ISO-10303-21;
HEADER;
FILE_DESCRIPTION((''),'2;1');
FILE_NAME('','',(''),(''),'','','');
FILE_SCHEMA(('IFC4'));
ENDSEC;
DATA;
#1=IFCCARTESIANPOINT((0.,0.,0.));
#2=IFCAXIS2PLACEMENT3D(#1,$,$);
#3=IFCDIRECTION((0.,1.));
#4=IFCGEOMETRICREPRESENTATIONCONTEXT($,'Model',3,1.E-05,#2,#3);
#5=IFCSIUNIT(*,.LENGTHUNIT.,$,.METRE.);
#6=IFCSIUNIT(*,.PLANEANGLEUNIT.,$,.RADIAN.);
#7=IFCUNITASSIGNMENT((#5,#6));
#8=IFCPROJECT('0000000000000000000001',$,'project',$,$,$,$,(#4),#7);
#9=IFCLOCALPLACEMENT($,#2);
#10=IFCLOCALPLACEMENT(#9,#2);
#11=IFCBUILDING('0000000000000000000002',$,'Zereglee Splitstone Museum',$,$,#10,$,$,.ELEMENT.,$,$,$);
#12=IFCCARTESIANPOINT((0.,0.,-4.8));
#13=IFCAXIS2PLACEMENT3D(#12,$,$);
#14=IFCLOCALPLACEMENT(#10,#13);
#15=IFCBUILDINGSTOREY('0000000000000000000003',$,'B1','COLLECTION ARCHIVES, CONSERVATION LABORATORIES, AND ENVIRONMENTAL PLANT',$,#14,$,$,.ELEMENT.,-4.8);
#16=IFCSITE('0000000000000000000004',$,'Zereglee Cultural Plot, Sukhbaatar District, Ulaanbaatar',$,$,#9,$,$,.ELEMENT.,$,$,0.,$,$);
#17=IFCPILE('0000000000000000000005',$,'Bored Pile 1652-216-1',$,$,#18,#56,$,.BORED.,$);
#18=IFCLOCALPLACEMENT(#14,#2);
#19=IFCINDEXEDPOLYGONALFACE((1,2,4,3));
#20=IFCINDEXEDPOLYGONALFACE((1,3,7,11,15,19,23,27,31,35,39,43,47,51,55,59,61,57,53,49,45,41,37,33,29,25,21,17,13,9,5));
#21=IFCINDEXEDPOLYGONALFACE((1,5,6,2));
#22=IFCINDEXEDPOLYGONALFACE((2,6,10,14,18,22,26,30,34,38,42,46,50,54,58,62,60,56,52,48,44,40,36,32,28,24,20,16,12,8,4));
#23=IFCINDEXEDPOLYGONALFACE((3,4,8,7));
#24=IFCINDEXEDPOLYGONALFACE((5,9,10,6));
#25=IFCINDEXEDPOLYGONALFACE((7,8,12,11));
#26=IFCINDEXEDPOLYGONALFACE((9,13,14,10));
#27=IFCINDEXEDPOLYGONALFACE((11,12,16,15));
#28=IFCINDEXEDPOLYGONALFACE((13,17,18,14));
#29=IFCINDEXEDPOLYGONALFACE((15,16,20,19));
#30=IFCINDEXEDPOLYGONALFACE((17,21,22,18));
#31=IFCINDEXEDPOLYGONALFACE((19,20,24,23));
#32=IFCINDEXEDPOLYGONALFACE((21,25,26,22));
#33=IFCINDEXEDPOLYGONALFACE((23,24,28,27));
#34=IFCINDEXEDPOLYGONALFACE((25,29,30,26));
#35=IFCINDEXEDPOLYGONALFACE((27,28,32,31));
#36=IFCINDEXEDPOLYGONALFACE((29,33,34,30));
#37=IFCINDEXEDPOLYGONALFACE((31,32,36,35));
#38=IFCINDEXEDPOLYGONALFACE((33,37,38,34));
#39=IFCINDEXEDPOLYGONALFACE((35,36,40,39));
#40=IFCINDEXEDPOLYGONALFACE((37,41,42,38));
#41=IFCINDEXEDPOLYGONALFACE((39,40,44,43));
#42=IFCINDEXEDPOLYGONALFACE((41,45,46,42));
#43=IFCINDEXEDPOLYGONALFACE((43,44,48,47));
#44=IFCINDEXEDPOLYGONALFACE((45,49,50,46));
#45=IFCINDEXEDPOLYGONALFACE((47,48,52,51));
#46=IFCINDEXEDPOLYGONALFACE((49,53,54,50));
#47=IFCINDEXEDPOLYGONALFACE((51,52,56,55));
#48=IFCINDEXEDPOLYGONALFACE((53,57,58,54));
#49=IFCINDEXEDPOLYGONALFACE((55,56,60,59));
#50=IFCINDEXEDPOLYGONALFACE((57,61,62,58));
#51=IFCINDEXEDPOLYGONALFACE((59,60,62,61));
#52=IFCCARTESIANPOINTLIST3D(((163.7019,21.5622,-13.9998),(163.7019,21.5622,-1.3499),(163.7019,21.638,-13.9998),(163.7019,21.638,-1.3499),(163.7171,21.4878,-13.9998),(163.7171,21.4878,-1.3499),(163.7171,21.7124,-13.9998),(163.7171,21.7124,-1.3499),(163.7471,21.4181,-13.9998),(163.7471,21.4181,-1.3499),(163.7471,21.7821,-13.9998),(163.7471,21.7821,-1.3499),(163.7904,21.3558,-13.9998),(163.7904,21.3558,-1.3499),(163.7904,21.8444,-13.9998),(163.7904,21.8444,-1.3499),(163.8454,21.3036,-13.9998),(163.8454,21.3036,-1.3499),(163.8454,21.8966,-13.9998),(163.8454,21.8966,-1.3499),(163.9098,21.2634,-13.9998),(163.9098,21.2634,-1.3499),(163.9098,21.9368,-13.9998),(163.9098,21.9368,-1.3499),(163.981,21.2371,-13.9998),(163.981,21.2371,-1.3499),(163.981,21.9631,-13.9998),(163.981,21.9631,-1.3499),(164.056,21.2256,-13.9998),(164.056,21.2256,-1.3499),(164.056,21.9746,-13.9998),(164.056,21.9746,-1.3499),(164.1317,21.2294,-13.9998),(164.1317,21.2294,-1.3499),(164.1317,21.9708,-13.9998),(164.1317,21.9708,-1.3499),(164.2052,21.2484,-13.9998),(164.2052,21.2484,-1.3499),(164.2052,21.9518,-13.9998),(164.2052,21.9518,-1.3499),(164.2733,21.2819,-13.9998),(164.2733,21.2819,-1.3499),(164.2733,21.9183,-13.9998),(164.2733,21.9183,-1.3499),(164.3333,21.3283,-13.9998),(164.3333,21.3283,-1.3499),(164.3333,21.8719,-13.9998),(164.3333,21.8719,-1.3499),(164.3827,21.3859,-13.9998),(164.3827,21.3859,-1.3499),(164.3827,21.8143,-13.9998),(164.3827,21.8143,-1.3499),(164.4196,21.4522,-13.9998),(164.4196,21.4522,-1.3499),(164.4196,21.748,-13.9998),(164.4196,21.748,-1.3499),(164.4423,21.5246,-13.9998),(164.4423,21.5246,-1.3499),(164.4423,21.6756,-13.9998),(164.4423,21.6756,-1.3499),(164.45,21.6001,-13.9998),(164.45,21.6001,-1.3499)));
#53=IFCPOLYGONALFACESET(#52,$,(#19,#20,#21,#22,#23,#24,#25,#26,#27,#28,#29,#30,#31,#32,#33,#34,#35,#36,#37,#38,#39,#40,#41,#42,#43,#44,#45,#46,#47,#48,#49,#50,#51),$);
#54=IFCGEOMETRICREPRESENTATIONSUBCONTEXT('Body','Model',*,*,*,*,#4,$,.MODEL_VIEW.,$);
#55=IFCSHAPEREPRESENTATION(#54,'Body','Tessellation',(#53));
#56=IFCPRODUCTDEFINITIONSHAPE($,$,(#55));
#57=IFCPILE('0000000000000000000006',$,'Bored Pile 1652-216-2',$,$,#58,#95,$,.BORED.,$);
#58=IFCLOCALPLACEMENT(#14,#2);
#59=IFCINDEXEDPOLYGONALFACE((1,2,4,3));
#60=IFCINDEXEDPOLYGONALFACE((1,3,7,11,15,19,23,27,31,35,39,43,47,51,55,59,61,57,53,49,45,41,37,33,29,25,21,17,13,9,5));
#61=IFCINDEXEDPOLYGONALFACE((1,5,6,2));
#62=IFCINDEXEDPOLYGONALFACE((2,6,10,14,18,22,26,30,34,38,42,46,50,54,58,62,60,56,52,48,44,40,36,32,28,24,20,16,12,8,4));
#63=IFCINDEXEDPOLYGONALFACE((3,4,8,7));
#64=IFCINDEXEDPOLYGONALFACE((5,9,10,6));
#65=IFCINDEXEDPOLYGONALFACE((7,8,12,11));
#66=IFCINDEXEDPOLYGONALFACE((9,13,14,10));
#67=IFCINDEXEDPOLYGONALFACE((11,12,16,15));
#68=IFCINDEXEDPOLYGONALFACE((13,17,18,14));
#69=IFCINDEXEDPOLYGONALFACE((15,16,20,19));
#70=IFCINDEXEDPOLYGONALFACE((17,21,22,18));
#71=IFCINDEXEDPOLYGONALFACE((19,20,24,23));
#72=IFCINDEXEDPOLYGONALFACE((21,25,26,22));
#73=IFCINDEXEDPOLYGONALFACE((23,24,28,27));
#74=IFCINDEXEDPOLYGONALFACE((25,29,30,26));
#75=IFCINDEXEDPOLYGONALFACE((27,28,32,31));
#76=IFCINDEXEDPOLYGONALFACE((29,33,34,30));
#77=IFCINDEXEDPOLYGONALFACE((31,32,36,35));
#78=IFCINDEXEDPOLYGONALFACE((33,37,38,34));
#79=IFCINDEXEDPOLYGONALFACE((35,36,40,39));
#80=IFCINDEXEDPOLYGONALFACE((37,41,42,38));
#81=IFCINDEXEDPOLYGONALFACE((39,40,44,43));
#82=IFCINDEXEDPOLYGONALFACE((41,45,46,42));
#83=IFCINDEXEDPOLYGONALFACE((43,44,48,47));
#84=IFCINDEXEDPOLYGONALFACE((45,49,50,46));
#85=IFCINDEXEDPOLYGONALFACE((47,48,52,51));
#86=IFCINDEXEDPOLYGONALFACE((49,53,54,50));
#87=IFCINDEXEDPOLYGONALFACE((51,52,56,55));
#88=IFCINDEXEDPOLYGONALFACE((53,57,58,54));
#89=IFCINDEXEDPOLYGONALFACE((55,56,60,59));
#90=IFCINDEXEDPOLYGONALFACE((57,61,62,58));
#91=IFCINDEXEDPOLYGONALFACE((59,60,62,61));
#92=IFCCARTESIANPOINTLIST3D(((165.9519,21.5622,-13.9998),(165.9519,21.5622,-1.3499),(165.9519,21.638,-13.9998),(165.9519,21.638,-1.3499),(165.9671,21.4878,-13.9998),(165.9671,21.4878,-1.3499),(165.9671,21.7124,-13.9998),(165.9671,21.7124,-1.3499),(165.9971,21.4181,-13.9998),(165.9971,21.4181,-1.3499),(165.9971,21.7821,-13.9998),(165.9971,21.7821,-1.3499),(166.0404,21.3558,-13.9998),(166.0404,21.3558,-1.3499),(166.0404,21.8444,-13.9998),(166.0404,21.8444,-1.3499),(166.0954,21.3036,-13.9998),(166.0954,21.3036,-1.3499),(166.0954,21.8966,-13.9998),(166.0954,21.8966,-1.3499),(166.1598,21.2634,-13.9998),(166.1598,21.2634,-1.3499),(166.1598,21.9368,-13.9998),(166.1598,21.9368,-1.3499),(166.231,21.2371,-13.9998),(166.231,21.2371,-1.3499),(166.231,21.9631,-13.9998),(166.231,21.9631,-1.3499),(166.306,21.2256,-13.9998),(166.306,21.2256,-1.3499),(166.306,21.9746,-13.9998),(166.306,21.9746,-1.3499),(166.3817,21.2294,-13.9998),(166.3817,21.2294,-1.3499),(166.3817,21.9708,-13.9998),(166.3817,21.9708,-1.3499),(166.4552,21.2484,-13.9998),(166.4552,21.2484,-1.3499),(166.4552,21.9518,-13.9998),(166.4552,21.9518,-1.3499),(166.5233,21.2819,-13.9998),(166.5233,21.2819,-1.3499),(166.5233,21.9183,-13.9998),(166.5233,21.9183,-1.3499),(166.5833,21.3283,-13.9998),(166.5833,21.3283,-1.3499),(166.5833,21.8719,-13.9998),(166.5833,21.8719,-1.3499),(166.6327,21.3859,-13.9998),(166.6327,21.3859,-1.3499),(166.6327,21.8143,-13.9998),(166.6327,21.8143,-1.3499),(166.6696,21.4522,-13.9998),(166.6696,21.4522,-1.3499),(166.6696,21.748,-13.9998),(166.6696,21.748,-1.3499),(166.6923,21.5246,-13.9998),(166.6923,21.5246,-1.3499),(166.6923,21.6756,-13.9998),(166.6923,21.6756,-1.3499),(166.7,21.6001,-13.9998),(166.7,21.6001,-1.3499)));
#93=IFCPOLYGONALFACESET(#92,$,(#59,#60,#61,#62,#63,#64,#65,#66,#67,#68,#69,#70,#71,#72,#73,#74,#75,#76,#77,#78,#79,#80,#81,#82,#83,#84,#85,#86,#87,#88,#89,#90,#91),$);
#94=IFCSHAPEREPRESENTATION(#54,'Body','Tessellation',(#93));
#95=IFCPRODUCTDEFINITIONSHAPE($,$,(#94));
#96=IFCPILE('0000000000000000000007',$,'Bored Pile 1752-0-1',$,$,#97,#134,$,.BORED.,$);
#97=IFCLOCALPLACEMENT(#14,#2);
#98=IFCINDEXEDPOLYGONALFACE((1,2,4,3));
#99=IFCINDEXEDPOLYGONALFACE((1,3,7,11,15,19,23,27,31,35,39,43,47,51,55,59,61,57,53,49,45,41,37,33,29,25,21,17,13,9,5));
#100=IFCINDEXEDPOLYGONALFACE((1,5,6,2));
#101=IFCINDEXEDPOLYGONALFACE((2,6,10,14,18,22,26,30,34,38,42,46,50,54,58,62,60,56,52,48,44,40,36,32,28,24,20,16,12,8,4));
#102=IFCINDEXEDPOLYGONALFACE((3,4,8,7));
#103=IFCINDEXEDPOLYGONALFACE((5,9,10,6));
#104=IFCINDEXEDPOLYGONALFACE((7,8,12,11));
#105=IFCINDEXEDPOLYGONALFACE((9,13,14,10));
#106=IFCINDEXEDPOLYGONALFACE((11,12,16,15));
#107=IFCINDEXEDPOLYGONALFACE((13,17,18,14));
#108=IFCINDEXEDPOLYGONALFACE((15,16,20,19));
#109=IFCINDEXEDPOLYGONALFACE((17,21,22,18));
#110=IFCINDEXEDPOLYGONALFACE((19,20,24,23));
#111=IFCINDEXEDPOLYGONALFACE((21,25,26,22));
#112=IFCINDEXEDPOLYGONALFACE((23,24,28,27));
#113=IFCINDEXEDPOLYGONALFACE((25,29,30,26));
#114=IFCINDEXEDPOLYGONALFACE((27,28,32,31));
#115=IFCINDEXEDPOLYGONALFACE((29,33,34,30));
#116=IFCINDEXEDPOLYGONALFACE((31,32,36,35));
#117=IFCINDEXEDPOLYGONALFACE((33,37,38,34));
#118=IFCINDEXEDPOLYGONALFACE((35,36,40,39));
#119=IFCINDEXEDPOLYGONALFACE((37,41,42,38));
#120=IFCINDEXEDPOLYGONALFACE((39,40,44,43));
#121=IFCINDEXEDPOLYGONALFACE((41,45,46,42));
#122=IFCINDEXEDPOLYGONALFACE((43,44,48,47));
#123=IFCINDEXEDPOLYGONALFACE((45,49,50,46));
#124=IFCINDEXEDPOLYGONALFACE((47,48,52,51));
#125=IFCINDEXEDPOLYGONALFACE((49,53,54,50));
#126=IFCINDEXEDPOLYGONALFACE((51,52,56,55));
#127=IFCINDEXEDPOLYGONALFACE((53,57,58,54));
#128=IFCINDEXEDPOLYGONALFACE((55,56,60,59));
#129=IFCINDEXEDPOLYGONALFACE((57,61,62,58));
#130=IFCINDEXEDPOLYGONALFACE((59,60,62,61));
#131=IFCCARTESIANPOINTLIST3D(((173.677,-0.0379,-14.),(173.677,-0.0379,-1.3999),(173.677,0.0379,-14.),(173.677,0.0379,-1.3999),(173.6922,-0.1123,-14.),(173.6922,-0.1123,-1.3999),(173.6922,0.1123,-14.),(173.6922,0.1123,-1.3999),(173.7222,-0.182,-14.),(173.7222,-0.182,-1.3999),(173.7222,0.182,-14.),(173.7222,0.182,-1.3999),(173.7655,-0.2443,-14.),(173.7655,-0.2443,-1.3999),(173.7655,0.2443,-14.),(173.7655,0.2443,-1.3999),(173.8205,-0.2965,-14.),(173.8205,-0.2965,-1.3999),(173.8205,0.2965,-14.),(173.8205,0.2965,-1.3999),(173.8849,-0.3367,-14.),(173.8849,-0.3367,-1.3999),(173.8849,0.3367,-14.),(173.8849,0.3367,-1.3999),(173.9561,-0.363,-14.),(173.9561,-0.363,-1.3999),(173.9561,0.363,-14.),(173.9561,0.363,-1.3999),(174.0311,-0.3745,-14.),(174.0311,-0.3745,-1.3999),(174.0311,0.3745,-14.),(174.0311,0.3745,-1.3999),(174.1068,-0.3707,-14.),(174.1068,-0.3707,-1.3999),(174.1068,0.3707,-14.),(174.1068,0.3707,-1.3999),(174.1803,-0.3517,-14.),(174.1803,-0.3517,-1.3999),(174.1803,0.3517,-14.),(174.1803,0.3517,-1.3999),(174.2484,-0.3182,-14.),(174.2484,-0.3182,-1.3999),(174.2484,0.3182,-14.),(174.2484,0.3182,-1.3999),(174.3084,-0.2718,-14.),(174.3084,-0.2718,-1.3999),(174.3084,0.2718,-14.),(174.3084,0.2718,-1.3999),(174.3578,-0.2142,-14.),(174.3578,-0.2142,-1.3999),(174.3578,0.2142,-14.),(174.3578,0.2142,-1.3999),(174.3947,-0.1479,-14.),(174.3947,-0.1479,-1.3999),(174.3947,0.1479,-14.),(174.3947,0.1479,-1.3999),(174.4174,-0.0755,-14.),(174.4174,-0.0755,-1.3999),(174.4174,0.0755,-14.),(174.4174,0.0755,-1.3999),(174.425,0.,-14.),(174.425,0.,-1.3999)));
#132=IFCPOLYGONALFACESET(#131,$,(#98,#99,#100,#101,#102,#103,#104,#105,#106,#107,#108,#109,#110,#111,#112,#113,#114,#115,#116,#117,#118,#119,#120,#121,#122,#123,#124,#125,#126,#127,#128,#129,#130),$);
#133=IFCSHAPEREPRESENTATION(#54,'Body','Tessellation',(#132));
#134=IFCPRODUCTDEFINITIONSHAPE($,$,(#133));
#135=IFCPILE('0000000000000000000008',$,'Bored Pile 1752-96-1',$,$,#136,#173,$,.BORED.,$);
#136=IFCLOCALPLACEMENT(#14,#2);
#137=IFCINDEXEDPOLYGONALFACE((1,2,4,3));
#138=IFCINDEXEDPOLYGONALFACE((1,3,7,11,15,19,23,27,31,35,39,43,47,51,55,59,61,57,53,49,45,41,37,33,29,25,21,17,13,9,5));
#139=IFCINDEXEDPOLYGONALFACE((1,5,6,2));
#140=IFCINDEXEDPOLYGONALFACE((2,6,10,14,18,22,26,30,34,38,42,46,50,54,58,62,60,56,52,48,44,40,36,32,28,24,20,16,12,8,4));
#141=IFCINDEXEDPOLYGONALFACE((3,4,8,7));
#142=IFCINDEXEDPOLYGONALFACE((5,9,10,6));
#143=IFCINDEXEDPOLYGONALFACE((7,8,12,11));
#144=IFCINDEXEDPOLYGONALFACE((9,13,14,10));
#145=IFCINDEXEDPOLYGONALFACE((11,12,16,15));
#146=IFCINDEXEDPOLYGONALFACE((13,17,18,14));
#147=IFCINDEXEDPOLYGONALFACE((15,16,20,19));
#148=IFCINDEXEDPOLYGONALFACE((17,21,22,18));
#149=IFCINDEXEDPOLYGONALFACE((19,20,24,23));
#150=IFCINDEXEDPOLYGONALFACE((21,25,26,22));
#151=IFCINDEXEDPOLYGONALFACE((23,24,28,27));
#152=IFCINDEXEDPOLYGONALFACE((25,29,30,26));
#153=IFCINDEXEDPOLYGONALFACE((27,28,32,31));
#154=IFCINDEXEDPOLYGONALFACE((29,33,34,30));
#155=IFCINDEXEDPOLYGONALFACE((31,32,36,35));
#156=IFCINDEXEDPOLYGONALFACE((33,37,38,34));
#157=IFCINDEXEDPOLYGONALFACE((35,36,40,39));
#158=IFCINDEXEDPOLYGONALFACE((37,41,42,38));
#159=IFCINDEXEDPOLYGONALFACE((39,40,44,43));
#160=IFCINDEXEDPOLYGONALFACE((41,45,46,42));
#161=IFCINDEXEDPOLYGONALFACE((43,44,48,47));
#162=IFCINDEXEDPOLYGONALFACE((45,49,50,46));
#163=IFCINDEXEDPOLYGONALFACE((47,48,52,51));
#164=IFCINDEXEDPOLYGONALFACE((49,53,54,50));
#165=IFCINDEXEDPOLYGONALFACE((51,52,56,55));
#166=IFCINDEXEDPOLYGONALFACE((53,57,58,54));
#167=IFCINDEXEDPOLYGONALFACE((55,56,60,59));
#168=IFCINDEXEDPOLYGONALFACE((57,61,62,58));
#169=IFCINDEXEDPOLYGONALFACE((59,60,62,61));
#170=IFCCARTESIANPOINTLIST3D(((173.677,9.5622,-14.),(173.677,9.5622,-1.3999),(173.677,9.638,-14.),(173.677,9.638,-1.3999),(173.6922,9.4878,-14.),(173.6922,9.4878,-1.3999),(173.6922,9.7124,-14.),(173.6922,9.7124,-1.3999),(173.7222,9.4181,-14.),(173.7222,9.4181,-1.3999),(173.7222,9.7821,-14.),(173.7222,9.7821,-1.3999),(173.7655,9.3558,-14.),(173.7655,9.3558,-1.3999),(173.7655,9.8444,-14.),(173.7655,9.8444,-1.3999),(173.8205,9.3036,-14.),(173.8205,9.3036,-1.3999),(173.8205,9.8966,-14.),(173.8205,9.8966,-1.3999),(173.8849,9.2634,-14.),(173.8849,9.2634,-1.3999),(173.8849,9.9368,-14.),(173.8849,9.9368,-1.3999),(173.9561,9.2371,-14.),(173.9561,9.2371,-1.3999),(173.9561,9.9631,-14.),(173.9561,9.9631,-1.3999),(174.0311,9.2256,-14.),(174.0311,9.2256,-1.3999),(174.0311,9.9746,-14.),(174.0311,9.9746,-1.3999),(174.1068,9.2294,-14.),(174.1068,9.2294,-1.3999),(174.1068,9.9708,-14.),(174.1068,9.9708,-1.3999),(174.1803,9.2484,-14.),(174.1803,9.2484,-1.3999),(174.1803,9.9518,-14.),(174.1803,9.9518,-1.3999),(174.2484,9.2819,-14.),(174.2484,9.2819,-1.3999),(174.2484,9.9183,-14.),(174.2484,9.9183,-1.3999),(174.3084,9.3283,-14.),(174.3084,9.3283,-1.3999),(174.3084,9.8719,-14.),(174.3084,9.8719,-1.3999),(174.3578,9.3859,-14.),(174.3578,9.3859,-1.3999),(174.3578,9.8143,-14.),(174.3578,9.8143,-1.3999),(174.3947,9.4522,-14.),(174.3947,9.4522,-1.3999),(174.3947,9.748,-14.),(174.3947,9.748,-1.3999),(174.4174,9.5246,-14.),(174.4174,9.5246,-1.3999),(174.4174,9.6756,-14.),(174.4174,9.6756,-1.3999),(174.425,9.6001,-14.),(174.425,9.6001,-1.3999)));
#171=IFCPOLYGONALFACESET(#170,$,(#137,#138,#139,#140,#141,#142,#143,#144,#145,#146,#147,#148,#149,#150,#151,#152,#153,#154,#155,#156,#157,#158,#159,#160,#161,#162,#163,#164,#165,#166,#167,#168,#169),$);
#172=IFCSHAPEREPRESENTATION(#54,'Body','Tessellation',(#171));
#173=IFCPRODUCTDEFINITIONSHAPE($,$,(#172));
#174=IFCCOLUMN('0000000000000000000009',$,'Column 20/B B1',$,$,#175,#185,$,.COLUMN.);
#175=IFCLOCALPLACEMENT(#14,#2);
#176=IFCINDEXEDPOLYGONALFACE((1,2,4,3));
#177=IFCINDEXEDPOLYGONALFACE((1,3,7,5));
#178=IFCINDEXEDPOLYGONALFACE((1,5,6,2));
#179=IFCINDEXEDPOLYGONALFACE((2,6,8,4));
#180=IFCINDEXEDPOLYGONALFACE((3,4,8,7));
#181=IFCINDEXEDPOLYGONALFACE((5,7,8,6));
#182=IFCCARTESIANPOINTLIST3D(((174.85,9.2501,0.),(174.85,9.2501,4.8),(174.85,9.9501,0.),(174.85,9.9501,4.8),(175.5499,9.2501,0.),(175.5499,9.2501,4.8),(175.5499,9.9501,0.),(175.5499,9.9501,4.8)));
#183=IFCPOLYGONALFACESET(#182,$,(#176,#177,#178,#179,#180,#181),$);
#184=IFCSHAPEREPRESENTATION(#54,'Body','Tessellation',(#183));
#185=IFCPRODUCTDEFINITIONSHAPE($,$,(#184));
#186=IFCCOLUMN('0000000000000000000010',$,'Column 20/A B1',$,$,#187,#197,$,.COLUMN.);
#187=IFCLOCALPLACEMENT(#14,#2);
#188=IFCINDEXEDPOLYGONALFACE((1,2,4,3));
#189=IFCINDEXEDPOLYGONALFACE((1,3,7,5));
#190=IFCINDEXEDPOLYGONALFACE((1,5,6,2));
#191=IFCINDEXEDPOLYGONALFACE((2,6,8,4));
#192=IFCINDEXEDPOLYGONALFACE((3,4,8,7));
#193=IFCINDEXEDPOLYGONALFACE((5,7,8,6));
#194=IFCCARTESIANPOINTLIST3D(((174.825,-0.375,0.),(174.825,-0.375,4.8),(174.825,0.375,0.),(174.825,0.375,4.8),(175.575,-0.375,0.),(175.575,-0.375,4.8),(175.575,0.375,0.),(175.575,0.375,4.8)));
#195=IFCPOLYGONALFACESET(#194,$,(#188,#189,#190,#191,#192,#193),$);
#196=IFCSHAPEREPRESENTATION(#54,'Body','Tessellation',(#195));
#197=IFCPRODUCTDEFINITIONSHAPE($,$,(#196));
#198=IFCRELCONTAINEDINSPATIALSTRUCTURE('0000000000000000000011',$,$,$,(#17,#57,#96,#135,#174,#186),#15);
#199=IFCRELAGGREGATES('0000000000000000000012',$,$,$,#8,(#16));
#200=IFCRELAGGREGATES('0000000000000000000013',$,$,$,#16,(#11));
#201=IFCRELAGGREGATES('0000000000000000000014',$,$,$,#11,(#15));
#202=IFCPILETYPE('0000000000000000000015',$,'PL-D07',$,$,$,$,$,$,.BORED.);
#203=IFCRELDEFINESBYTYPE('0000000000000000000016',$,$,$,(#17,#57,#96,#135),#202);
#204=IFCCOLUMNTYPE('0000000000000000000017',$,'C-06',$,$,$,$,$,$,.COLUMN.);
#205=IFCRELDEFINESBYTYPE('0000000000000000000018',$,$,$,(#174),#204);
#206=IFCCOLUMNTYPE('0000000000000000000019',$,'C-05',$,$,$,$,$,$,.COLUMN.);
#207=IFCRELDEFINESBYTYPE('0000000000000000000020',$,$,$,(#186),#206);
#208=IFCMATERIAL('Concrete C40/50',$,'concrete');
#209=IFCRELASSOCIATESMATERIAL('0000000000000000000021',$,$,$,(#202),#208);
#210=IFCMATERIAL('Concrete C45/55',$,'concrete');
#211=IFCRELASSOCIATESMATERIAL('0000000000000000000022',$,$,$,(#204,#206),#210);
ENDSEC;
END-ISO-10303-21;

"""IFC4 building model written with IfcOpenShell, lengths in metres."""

from ifc_helpers import new_model, si_unit, direction, frame, origin, origin_2d, place, context, subcontext, project, spatial, rectangle, circle, extrude, material, material_profile, profile_set, type_object, element, save


model = new_model("IFC4")

# Units and contexts
model_context = context("Model", 3, precision=1e-05, world=origin(), true_north=direction((0.0, 1.0)))
body_context = subcontext(model_context, "Body", "Model", "MODEL_VIEW")
ifc_project = project(units=[si_unit("LENGTHUNIT", "METRE"), si_unit("PLANEANGLEUNIT", "RADIAN")], contexts=[model_context])

# Site, building, storey
site_placement = place(None, origin())
site = spatial("IfcSite", under=ifc_project, at=site_placement, Name="Zereglee Cultural Plot, Sukhbaatar District, Ulaanbaatar", CompositionType="ELEMENT", RefElevation=0.0)
building_placement = place(site_placement, origin())
building = spatial("IfcBuilding", under=site, at=building_placement, Name="Zereglee Splitstone Museum", CompositionType="ELEMENT")
storey_placement = place(building_placement, frame((0.0, 0.0, -4.8)))
storey = spatial("IfcBuildingStorey", under=building, at=storey_placement, Name="B1", Description="COLLECTION ARCHIVES, CONSERVATION LABORATORIES, AND ENVIRONMENTAL PLANT", CompositionType="ELEMENT", Elevation=-4.8)

# Shared definitions
ifc_material_1 = material(Name="Concrete C40/50", Category="concrete")

# Piles
ifc_material_profile_1 = material_profile(ifc_material_1, circle(Radius=0.375, at=origin_2d()), Name="PILE D750")
ifc_profile_set_1 = profile_set([ifc_material_profile_1], Name="Concrete C40/50")
pile_type = type_object("IfcPileType", Name="PL-D07", PredefinedType="BORED", material=ifc_profile_set_1)
for number, where, z_axis, x_axis, name in (
    (1, (164.075, 21.6001, -1.3499), (0.0, 0.0, -1.0), (1.0, 0.0, 0.0), "Bored Pile 1652-216-1"),
    (2, (166.325, 21.6001, -1.3499), (0.0, 0.0, -1.0), (1.0, 0.0, 0.0), "Bored Pile 1652-216-2"),
):
    element("IfcPile", number, at=place(storey_placement, frame(where, z_axis=z_axis, x_axis=x_axis)), inside=storey, type_object=pile_type, Name=name, PredefinedType="BORED", context=body_context, shape_type="SweptSolid", body=[
        extrude(circle(Radius=0.375, at=origin_2d()), origin(), (0.0, 0.0, 1.0), 12.6499),
    ])
for number, where, z_axis, x_axis, name in (
    (3, (174.05, 0.0, -1.3999), (0.0, 0.0, -1.0), (1.0, 0.0, 0.0), "Bored Pile 1752-0-1"),
    (4, (174.05, 9.6001, -1.3999), (0.0, 0.0, -1.0), (1.0, 0.0, 0.0), "Bored Pile 1752-96-1"),
):
    element("IfcPile", number, at=place(storey_placement, frame(where, z_axis=z_axis, x_axis=x_axis)), inside=storey, type_object=pile_type, Name=name, PredefinedType="BORED", context=body_context, shape_type="SweptSolid", body=[
        extrude(circle(Radius=0.375, at=origin_2d()), origin(), (0.0, 0.0, 1.0), 12.6001),
    ])

# Columns
ifc_material_2 = material(Name="Concrete C45/55", Category="concrete")
ifc_material_profile_2 = material_profile(ifc_material_2, rectangle(XDim=0.7, YDim=0.7, at=origin_2d()), Name="RC 700x700")
ifc_profile_set_2 = profile_set([ifc_material_profile_2], Name="Concrete C45/55")
column_type_1 = type_object("IfcColumnType", Name="C-06", PredefinedType="COLUMN", material=ifc_profile_set_2)
column_1_placement = place(storey_placement, frame((175.2, 9.6001, 0.0), z_axis=(0.0, 0.0, 1.0), x_axis=(1.0, 0.0, 0.0)))
element("IfcColumn", 5, at=column_1_placement, inside=storey, type_object=column_type_1, Name="Column 20/B B1", PredefinedType="COLUMN", context=body_context, shape_type="SweptSolid", body=[
    extrude(rectangle(XDim=0.7, YDim=0.7, at=origin_2d()), origin(), (0.0, 0.0, 1.0), 4.8),
])
ifc_material_profile_3 = material_profile(ifc_material_2, rectangle(XDim=0.75, YDim=0.75, at=origin_2d()), Name="RC 750x750")
ifc_profile_set_3 = profile_set([ifc_material_profile_3], Name="Concrete C45/55")
column_type_2 = type_object("IfcColumnType", Name="C-05", PredefinedType="COLUMN", material=ifc_profile_set_3)
column_2_placement = place(storey_placement, frame((175.2, 0.0, 0.0), z_axis=(0.0, 0.0, 1.0), x_axis=(1.0, 0.0, 0.0)))
element("IfcColumn", 6, at=column_2_placement, inside=storey, type_object=column_type_2, Name="Column 20/A B1", PredefinedType="COLUMN", context=body_context, shape_type="SweptSolid", body=[
    extrude(rectangle(XDim=0.75, YDim=0.75, at=origin_2d()), origin(), (0.0, 0.0, 1.0), 4.8),
])

save(model, "model.ifc")
